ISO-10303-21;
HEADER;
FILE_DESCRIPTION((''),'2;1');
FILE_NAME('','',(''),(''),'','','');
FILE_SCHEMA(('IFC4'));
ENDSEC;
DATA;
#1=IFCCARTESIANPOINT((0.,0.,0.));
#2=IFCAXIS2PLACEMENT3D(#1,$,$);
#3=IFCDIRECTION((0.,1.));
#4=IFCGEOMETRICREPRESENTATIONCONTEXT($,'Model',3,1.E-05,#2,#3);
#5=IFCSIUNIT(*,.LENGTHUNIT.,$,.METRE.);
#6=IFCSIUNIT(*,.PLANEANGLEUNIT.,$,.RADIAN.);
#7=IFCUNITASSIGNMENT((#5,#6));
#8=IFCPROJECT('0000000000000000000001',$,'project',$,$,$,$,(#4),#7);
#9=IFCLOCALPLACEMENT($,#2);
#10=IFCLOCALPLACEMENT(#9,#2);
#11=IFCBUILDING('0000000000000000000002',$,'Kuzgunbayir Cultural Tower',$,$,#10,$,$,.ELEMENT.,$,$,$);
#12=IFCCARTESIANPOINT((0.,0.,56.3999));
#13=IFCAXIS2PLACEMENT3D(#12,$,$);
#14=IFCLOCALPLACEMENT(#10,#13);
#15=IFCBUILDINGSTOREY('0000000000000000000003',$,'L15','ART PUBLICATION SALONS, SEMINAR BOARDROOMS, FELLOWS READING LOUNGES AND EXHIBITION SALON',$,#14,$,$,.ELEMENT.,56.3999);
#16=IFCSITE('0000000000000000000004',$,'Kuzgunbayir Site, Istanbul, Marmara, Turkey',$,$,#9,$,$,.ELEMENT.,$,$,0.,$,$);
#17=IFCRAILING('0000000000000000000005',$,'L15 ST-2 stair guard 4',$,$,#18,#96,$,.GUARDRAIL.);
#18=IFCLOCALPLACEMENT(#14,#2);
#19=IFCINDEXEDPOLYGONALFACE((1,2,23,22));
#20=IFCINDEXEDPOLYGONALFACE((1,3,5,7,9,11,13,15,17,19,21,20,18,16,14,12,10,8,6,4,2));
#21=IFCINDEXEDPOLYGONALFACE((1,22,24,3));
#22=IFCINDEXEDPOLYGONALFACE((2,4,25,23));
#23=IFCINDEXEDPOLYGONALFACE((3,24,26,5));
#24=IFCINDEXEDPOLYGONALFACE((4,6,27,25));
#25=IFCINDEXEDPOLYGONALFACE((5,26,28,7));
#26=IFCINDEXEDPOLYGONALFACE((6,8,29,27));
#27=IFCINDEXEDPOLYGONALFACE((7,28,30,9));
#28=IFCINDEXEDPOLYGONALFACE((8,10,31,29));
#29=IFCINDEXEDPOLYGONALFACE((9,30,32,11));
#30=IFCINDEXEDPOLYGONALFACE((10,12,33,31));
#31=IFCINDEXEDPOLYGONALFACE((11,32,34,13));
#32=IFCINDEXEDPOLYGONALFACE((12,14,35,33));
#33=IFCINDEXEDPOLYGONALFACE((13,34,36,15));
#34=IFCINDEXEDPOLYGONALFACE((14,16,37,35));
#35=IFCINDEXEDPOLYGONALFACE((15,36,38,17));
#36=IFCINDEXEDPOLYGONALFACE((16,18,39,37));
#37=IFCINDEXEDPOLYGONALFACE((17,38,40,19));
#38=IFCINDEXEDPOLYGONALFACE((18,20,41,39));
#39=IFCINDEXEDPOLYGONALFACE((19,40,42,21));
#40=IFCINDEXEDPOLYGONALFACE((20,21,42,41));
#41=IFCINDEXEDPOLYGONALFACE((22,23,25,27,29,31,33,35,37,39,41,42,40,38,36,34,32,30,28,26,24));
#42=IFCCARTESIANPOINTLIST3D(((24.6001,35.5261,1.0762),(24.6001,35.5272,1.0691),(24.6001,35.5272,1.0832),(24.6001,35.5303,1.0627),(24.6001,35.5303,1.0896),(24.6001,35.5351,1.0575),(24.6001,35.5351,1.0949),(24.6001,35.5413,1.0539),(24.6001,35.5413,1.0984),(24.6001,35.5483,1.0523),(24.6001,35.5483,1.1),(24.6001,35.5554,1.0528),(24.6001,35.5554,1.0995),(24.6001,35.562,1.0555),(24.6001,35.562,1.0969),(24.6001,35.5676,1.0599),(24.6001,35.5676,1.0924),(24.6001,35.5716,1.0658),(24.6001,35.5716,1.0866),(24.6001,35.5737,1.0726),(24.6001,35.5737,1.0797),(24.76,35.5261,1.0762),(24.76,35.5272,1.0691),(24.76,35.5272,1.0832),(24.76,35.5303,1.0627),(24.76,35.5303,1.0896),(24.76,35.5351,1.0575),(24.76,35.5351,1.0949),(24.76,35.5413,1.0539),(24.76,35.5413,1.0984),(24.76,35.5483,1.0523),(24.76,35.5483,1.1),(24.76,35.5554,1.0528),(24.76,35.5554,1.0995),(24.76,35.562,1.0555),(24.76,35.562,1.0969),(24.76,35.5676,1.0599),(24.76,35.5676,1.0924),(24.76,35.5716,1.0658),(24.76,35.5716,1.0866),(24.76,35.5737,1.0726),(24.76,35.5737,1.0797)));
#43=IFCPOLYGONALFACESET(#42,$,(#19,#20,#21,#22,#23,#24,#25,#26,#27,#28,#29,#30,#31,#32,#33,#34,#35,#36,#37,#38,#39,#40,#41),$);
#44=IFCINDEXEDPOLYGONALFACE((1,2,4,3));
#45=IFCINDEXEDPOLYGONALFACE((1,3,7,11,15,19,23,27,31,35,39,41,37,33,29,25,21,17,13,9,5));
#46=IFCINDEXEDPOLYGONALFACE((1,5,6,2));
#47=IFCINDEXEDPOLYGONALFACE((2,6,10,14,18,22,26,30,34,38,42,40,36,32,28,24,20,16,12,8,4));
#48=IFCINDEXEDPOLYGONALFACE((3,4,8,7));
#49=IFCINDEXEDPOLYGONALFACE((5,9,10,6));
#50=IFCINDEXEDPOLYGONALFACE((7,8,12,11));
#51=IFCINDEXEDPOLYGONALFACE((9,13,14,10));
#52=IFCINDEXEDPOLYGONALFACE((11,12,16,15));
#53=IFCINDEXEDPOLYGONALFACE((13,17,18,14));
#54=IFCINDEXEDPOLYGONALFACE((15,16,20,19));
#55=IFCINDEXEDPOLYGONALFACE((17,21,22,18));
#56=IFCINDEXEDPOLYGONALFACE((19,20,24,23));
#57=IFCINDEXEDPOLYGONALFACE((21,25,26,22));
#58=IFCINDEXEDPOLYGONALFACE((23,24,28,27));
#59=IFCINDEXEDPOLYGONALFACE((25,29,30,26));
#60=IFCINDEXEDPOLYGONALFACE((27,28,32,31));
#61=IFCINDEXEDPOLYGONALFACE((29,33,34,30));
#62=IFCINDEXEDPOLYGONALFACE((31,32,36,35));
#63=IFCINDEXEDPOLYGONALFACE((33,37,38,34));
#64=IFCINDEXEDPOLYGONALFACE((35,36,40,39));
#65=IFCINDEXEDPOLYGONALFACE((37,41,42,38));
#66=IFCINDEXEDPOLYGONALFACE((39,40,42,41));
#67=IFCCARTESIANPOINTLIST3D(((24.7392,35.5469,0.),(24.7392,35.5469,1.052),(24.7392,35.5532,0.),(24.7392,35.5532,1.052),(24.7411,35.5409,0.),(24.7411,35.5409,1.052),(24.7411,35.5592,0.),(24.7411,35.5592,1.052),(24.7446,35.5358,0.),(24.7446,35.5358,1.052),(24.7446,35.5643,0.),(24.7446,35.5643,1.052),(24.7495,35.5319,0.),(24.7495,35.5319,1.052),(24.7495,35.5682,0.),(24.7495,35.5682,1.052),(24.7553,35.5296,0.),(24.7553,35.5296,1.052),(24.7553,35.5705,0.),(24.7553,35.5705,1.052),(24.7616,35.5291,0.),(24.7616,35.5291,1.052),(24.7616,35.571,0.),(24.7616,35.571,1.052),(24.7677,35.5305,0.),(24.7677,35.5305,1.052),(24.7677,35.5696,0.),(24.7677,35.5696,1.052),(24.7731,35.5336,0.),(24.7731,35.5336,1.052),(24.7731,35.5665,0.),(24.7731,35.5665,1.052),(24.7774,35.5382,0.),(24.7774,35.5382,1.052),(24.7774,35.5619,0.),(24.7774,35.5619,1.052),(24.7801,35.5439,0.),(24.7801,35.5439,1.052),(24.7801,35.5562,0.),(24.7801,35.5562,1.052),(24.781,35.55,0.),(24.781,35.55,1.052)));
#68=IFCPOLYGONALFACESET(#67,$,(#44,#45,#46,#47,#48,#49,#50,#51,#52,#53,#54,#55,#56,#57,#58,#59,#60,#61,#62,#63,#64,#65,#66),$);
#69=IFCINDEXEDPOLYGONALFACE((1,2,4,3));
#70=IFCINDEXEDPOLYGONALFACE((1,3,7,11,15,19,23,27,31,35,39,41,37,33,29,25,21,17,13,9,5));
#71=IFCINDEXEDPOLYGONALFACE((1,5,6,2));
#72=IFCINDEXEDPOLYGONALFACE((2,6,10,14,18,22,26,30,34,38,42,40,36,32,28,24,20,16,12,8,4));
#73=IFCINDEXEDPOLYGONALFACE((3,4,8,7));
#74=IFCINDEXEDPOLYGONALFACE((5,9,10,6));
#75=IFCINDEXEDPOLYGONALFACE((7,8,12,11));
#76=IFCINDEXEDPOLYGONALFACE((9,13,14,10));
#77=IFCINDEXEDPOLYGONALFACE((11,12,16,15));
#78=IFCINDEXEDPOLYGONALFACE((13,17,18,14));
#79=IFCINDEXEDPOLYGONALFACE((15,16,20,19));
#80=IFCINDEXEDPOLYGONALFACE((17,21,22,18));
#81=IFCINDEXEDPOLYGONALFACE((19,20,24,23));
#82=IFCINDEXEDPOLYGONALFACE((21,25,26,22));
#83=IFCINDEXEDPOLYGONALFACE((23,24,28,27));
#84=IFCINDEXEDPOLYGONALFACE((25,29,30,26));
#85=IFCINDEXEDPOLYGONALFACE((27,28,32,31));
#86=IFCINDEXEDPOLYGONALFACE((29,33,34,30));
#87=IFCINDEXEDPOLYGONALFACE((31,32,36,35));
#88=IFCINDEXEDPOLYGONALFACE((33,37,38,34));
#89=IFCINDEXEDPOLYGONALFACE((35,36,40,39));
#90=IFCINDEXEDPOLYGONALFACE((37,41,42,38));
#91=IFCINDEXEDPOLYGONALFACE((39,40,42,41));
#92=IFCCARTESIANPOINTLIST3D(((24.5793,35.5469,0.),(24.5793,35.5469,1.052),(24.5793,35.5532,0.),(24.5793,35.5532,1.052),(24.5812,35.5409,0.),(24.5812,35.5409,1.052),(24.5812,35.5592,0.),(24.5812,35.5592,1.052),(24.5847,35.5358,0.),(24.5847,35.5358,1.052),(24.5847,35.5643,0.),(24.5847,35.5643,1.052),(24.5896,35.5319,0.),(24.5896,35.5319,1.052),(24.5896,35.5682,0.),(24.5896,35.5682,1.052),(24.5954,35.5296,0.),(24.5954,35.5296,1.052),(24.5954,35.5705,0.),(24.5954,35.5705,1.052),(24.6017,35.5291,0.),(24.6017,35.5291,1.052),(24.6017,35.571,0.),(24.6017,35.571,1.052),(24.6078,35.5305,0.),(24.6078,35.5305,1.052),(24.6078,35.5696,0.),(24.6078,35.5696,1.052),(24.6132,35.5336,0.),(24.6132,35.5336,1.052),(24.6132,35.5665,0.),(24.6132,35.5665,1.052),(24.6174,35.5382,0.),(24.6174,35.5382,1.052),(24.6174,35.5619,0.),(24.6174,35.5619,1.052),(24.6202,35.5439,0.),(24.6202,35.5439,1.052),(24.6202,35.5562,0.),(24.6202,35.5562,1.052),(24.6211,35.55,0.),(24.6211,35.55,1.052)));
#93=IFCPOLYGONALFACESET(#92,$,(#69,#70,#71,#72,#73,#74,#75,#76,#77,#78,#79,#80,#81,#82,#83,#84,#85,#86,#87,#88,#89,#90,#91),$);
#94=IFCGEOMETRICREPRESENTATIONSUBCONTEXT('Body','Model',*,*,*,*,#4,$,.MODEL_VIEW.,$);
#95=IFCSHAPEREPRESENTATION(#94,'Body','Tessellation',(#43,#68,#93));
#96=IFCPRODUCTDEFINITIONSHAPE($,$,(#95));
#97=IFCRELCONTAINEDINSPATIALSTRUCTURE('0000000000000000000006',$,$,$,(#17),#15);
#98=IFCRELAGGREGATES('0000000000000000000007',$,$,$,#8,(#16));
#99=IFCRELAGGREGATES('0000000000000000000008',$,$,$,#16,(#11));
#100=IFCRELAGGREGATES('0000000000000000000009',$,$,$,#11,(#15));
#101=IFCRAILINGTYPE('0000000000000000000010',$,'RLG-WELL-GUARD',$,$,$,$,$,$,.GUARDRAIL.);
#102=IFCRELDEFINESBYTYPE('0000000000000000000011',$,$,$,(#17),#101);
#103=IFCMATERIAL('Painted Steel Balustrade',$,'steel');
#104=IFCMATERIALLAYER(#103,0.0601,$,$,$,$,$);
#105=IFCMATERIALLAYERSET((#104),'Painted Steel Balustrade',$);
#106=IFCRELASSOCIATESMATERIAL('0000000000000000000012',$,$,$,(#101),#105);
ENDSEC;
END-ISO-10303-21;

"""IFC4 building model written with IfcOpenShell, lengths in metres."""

from ifc_helpers import new_model, si_unit, direction, frame, origin, origin_2d, place, context, subcontext, project, spatial, circle, extrude, material, layer, layer_set, type_object, element, save


model = new_model("IFC4")

# Units and contexts
model_context = context("Model", 3, precision=1e-05, world=origin(), true_north=direction((0.0, 1.0)))
body_context = subcontext(model_context, "Body", "Model", "MODEL_VIEW")
ifc_project = project(units=[si_unit("LENGTHUNIT", "METRE"), si_unit("PLANEANGLEUNIT", "RADIAN")], contexts=[model_context])

# Site, building, storey
site_placement = place(None, origin())
site = spatial("IfcSite", under=ifc_project, at=site_placement, Name="Kuzgunbayir Site, Istanbul, Marmara, Turkey", CompositionType="ELEMENT", RefElevation=0.0)
building_placement = place(site_placement, origin())
building = spatial("IfcBuilding", under=site, at=building_placement, Name="Kuzgunbayir Cultural Tower", CompositionType="ELEMENT")
storey_placement = place(building_placement, frame((0.0, 0.0, 56.3999)))
storey = spatial("IfcBuildingStorey", under=building, at=storey_placement, Name="L15", Description="ART PUBLICATION SALONS, SEMINAR BOARDROOMS, FELLOWS READING LOUNGES AND EXHIBITION SALON", CompositionType="ELEMENT", Elevation=56.3999)

# Railing
ifc_material_1 = material(Name="Painted Steel Balustrade", Category="steel")
ifc_layer_1 = layer(ifc_material_1, 0.0601)
ifc_layer_set_1 = layer_set([ifc_layer_1], Name="Painted Steel Balustrade")
railing_type_1 = type_object("IfcRailingType", Name="RLG-WELL-GUARD", PredefinedType="GUARDRAIL", material=ifc_layer_set_1)
railing_1_placement = place(storey_placement, frame((24.76, 35.55, 0.0)))
element("IfcRailing", 1, at=railing_1_placement, inside=storey, type_object=railing_type_1, Name="L15 ST-2 stair guard 4", PredefinedType="GUARDRAIL", context=body_context, shape_type="SweptSolid", body=[
    extrude(circle(Radius=0.0239, at=origin_2d()), frame((0.0, 0.0, 1.0762), z_axis=(-1.0, 0.0, 0.0), x_axis=(0.0, -1.0, 0.0)), (0.0, 0.0, 1.0), 0.1599),
    extrude(circle(Radius=0.021, at=origin_2d()), origin(), (0.0, 0.0, 1.0), 1.052),
    extrude(circle(Radius=0.021, at=origin_2d()), frame((-0.1599, 0.0, 0.0)), (0.0, 0.0, 1.0), 1.052),
])

save(model, "model.ifc")
